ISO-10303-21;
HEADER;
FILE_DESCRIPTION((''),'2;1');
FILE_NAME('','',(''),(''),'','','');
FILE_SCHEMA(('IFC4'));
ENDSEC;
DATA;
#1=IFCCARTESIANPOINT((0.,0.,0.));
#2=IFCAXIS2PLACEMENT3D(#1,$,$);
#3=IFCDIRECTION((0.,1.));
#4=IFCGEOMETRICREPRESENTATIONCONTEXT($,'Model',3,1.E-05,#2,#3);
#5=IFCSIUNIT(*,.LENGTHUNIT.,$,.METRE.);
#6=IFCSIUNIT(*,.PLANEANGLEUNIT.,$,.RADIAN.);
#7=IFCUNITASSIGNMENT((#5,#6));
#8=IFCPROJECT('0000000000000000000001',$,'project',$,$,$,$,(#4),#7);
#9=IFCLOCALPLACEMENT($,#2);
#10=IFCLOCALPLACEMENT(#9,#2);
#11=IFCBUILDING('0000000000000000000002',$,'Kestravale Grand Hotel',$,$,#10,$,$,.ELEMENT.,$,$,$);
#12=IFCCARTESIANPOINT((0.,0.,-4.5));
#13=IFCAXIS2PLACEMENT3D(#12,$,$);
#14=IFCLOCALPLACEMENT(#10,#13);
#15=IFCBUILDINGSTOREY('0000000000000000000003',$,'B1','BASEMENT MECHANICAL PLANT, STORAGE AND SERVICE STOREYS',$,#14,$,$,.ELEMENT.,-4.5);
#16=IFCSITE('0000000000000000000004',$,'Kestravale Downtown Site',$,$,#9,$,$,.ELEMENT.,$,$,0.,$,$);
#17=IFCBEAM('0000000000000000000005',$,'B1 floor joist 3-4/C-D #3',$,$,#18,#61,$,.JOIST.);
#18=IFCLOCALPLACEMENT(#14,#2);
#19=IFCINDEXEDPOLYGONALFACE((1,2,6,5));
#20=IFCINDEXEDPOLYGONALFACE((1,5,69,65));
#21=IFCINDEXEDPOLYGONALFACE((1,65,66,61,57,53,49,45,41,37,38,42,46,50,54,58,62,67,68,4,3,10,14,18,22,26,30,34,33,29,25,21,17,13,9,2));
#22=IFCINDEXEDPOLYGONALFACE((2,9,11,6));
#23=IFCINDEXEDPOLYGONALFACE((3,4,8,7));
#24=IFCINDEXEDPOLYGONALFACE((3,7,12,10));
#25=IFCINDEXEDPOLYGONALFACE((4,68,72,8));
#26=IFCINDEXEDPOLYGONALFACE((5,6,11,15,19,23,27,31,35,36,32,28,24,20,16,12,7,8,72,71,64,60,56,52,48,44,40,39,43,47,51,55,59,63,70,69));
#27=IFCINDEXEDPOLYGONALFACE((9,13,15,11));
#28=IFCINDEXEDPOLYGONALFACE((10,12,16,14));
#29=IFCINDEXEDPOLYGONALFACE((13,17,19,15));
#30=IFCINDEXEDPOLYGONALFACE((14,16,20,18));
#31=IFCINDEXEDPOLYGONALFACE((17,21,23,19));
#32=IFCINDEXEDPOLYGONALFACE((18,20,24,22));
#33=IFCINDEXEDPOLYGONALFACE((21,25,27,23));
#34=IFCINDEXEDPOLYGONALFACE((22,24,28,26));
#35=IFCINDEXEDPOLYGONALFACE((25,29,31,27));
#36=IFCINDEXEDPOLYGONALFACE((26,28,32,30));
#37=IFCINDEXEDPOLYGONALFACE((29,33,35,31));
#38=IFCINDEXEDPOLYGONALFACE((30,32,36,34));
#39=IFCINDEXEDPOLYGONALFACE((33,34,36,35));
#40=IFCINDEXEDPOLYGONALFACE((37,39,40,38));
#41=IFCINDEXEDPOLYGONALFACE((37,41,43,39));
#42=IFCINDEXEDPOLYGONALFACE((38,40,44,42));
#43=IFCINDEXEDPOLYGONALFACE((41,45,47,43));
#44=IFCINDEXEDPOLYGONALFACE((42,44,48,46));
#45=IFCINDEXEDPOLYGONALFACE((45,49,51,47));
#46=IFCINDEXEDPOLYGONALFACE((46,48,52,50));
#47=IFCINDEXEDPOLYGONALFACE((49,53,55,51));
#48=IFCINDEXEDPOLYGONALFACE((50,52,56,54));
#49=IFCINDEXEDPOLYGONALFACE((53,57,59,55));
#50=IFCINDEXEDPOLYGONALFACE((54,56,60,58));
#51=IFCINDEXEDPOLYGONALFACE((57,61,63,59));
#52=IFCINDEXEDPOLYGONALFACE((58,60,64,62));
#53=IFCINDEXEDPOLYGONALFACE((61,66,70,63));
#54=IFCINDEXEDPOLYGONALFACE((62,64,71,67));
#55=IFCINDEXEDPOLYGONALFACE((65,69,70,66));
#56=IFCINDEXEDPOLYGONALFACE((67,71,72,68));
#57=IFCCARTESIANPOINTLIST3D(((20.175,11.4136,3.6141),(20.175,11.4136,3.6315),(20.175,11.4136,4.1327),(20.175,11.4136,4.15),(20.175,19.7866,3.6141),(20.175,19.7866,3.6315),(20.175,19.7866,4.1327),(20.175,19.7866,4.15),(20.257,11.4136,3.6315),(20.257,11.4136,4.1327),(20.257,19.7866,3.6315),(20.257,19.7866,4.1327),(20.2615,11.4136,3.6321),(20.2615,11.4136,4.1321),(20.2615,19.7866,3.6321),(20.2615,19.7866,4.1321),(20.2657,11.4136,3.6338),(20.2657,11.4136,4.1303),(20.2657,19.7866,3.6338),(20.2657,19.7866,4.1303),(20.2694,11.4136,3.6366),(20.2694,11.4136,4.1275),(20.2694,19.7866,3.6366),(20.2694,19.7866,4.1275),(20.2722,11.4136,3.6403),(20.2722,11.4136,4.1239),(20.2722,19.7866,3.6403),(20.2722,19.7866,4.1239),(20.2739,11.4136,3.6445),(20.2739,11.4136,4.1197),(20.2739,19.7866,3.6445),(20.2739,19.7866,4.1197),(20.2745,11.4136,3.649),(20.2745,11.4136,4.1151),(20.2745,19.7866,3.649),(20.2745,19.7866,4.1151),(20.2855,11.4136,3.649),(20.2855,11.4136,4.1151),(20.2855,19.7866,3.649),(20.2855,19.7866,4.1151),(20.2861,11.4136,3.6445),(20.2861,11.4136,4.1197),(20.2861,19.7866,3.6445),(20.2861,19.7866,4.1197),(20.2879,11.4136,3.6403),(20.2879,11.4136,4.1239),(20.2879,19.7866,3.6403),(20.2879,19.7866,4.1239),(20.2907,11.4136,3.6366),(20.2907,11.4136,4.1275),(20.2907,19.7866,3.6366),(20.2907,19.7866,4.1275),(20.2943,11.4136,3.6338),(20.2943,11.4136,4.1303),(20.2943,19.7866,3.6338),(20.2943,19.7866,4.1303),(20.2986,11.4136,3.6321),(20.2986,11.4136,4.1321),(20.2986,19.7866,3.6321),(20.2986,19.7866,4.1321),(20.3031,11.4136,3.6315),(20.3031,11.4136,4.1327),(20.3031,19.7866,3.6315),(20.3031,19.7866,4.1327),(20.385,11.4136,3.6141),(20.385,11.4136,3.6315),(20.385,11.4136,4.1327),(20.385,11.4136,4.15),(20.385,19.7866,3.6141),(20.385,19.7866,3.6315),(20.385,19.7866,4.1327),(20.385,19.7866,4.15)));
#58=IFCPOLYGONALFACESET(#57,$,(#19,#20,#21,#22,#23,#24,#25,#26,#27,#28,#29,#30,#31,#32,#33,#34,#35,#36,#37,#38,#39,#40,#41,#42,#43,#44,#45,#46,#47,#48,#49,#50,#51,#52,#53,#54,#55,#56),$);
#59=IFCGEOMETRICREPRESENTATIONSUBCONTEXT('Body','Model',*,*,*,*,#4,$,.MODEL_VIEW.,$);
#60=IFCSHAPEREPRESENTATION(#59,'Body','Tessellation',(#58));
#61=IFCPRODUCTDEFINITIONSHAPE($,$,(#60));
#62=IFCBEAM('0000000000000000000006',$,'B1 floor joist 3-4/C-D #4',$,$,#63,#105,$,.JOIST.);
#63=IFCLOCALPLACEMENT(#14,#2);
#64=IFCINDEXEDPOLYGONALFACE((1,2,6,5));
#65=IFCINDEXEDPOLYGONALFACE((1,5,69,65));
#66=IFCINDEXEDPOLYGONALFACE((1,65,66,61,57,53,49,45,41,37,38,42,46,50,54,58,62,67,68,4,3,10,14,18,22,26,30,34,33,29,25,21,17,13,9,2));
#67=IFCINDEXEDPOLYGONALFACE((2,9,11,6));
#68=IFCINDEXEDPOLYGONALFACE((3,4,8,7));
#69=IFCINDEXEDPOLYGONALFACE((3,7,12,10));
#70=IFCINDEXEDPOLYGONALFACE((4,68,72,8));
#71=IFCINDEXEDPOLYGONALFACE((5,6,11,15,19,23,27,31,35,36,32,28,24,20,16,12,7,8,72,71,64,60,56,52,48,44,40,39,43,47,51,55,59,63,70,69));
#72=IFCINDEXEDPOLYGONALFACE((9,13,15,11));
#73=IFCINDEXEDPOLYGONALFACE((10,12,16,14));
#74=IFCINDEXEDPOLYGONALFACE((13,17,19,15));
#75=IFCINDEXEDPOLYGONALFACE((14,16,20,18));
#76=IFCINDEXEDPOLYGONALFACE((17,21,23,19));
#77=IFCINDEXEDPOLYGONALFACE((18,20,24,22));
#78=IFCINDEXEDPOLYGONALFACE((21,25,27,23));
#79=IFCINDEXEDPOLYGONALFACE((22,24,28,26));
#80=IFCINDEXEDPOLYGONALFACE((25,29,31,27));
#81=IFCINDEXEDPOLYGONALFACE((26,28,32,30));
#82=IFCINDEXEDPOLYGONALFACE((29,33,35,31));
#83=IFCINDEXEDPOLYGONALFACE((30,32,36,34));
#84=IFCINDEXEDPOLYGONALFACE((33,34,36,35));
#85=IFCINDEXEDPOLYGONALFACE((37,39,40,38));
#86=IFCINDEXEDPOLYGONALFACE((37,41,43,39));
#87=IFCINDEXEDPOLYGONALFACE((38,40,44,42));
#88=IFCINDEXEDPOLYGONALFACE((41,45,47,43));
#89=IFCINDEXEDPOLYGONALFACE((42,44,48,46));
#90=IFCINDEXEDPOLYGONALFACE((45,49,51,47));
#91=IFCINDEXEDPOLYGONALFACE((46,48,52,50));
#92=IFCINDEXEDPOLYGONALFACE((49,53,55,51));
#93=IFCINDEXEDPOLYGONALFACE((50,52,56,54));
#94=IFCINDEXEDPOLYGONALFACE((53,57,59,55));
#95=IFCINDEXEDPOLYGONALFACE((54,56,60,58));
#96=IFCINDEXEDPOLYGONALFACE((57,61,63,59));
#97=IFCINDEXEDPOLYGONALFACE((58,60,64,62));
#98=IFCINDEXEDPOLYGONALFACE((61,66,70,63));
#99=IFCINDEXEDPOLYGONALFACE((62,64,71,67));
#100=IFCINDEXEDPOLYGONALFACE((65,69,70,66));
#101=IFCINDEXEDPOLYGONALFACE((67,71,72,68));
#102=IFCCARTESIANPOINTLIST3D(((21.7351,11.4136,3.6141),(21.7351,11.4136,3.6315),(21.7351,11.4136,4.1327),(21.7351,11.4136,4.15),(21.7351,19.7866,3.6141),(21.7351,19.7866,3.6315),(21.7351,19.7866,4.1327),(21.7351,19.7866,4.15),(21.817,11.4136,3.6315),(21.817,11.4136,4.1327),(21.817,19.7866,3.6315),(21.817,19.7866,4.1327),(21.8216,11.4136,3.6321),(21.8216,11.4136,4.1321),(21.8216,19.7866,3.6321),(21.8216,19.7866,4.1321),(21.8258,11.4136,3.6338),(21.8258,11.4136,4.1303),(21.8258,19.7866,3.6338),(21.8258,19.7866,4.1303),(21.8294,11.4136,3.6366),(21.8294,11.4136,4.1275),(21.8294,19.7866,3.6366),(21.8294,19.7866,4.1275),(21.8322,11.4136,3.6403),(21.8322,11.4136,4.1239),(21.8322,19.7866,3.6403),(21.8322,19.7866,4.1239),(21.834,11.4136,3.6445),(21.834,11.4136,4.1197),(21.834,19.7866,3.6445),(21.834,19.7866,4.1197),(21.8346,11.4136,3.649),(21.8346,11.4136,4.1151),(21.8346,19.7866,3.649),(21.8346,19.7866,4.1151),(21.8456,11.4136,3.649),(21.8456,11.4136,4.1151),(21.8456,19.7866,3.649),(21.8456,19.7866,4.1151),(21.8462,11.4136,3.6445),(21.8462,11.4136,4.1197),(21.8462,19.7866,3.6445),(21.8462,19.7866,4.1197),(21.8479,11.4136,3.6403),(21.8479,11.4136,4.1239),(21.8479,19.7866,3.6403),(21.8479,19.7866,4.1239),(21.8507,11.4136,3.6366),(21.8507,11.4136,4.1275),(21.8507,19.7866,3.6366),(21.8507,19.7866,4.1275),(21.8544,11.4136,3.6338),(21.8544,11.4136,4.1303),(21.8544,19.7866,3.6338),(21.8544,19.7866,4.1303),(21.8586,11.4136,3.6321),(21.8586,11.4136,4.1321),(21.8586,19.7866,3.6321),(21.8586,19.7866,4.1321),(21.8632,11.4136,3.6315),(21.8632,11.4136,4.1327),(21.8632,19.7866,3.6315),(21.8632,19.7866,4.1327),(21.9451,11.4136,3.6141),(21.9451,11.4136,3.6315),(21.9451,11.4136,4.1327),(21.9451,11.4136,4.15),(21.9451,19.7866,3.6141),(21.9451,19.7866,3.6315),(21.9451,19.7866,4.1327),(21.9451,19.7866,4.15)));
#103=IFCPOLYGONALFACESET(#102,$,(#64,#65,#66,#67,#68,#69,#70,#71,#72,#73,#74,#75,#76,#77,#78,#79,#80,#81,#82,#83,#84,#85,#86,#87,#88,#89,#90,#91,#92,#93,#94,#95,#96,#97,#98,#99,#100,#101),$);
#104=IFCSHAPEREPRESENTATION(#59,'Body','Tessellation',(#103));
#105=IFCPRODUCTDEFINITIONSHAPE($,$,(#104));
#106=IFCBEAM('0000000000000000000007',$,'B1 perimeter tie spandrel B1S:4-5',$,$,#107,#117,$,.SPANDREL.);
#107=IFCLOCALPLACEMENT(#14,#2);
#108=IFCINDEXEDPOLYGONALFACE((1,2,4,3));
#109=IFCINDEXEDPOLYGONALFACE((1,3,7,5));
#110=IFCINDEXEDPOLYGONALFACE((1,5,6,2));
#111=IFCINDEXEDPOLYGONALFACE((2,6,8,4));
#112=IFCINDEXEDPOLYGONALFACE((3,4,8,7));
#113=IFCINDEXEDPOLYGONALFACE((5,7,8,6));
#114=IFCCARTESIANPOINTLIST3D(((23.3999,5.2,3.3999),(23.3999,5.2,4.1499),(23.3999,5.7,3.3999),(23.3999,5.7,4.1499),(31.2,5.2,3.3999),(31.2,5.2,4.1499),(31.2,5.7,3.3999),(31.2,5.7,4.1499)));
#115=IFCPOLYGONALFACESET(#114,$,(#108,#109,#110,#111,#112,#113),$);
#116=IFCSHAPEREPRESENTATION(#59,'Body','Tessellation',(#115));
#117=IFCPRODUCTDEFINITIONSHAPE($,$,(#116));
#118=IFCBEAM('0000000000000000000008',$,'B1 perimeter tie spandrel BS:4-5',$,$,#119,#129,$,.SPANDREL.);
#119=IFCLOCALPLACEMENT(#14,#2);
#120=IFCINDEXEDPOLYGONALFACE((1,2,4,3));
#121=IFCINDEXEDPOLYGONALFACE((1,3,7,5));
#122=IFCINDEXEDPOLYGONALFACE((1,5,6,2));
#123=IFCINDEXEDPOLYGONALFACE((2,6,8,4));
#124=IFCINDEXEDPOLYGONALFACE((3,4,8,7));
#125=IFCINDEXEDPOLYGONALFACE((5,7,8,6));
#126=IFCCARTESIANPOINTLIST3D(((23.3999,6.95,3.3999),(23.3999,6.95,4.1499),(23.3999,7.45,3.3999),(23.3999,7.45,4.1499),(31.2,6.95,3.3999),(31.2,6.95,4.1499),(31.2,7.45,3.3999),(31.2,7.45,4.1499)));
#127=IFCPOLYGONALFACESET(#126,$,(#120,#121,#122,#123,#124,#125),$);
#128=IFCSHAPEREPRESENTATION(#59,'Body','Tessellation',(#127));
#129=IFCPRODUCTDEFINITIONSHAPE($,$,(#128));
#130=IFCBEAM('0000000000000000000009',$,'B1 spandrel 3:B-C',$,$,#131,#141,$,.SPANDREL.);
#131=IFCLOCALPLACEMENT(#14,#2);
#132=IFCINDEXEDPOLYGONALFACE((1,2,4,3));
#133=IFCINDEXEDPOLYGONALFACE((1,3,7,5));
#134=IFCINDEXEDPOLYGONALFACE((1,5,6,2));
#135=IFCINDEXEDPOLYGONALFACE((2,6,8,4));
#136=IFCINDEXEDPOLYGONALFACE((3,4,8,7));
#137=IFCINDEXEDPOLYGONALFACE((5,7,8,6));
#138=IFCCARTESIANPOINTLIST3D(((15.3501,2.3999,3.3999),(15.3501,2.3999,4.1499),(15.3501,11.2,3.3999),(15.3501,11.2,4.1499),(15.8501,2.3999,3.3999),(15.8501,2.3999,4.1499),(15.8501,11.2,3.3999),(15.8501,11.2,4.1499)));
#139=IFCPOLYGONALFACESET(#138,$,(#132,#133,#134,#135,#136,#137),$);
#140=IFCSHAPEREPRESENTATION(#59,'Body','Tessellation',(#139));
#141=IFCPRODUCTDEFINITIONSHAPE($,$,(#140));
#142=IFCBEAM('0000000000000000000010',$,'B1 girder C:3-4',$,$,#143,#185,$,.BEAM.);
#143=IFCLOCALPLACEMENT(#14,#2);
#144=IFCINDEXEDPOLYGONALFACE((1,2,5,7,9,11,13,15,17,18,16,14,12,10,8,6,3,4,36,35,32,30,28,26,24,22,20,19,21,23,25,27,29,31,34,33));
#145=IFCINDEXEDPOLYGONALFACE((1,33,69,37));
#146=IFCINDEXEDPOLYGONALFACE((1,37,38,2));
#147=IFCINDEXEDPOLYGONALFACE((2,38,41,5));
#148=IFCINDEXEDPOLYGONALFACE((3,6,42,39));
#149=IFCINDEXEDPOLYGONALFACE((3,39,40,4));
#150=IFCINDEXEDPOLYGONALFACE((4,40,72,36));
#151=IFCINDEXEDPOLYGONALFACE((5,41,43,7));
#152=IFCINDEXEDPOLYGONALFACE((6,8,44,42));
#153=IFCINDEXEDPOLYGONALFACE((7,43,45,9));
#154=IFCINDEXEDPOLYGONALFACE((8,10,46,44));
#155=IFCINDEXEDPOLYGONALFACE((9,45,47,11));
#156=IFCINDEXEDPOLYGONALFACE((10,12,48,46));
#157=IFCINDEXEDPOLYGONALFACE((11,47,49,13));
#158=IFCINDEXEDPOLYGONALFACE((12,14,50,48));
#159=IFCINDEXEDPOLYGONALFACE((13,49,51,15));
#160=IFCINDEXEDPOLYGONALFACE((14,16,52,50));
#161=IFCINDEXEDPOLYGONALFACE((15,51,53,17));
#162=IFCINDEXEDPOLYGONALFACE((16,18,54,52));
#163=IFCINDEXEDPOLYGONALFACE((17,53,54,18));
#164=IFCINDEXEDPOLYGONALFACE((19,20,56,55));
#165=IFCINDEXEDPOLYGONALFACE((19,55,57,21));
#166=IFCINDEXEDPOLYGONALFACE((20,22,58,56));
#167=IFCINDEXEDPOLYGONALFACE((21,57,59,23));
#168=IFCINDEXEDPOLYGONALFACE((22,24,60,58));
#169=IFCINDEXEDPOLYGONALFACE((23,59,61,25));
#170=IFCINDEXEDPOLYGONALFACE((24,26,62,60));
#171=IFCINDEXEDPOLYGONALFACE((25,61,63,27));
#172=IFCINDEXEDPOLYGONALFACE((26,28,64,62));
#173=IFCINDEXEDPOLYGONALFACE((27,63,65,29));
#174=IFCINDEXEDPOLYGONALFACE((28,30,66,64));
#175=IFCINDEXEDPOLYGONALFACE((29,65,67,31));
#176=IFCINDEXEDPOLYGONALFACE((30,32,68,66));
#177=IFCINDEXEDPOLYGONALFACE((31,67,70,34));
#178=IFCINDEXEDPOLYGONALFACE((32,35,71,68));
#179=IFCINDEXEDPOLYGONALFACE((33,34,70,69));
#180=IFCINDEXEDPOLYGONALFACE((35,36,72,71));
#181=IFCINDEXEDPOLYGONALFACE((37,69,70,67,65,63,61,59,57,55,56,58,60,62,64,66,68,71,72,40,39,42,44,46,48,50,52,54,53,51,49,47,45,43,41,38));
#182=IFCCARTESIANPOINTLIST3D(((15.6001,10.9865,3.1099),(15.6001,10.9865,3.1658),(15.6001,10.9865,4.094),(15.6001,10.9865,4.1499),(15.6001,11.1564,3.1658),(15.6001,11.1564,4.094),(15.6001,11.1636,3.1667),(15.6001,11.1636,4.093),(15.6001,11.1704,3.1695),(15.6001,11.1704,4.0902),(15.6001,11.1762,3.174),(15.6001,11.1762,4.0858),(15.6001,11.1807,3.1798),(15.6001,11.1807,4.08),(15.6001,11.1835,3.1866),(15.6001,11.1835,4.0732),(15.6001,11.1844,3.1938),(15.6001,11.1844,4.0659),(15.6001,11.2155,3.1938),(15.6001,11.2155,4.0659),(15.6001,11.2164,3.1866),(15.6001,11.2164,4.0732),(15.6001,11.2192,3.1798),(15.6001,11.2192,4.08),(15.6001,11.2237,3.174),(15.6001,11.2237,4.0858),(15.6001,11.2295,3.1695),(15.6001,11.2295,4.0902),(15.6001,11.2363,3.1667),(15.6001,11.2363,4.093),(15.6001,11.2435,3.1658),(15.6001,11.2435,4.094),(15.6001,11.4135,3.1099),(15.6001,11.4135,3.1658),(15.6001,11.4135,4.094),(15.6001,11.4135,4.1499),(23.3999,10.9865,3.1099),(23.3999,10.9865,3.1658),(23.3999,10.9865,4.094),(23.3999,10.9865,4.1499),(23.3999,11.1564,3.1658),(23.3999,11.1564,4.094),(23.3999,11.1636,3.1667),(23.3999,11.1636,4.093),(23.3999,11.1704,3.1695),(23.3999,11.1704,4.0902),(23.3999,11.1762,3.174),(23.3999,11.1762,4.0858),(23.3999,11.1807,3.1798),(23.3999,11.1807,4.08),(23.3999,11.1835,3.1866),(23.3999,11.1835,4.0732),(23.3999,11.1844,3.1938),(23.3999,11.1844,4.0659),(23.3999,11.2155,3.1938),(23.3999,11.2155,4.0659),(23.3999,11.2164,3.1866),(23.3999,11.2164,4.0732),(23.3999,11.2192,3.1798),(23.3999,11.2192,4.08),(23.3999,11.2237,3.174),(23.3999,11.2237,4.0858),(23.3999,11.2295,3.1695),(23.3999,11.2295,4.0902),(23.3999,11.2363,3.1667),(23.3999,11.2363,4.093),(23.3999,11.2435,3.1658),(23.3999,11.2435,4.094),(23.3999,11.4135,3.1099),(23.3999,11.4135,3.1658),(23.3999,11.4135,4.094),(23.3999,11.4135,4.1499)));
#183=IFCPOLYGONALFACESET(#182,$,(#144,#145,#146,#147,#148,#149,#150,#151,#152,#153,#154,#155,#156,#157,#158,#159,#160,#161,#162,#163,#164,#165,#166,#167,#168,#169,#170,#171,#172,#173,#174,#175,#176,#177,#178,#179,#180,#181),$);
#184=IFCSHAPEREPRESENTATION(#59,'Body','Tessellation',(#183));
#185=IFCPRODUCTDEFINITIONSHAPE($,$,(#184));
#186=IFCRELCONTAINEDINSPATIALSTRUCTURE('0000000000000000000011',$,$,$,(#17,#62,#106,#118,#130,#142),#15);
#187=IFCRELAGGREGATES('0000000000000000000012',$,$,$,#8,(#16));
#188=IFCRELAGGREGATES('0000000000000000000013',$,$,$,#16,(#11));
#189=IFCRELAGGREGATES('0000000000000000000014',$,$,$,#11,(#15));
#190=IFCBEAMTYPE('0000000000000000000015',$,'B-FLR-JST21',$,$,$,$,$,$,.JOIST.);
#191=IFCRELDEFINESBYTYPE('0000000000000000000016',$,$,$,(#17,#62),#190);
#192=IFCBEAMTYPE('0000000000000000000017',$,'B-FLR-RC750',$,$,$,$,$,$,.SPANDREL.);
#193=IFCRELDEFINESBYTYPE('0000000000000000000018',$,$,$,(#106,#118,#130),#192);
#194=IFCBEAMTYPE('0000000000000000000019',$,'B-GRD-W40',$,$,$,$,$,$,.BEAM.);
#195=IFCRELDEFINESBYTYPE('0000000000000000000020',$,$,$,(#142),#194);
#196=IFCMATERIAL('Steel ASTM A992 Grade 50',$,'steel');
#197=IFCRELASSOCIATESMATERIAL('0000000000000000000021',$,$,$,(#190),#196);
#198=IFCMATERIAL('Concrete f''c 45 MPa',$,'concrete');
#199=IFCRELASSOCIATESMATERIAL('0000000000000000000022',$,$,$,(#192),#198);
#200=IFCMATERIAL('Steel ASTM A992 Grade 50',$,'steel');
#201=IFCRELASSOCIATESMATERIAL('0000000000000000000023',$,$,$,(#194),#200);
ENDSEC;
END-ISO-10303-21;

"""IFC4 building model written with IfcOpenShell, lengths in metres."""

from ifc_helpers import new_model, si_unit, direction, frame, origin, origin_2d, place, context, subcontext, project, spatial, rectangle, i_section, extrude, material, material_profile, profile_set, type_object, element, save


model = new_model("IFC4")

# Units and contexts
model_context = context("Model", 3, precision=1e-05, world=origin(), true_north=direction((0.0, 1.0)))
body_context = subcontext(model_context, "Body", "Model", "MODEL_VIEW")
ifc_project = project(units=[si_unit("LENGTHUNIT", "METRE"), si_unit("PLANEANGLEUNIT", "RADIAN")], contexts=[model_context])

# Site, building, storey
site_placement = place(None, origin())
site = spatial("IfcSite", under=ifc_project, at=site_placement, Name="Kestravale Downtown Site", CompositionType="ELEMENT", RefElevation=0.0)
building_placement = place(site_placement, origin())
building = spatial("IfcBuilding", under=site, at=building_placement, Name="Kestravale Grand Hotel", CompositionType="ELEMENT")
storey_placement = place(building_placement, frame((0.0, 0.0, -4.5)))
storey = spatial("IfcBuildingStorey", under=building, at=storey_placement, Name="B1", Description="BASEMENT MECHANICAL PLANT, STORAGE AND SERVICE STOREYS", CompositionType="ELEMENT", Elevation=-4.5)

# Beams
ifc_material_1 = material(Name="Steel ASTM A992 Grade 50", Category="steel")
ifc_material_profile_1 = material_profile(ifc_material_1, i_section(OverallWidth=0.21, OverallDepth=0.5359, WebThickness=0.011, FlangeThickness=0.0173, FilletRadius=0.0176, at=origin_2d()))
ifc_profile_set_1 = profile_set([ifc_material_profile_1], Name="Steel ASTM A992 Grade 50")
beam_type_1 = type_object("IfcBeamType", Name="B-FLR-JST21", PredefinedType="JOIST", material=ifc_profile_set_1)
for number, where, z_axis, x_axis, name in (
    (1, (20.28, 11.4136, 3.8821), (0.0, 1.0, 0.0), (-1.0, 0.0, 0.0), "B1 floor joist 3-4/C-D #3"),
    (2, (21.8401, 11.4136, 3.8821), (0.0, 1.0, 0.0), (-1.0, 0.0, 0.0), "B1 floor joist 3-4/C-D #4"),
):
    element("IfcBeam", number, at=place(storey_placement, frame(where, z_axis=z_axis, x_axis=x_axis)), inside=storey, type_object=beam_type_1, Name=name, PredefinedType="JOIST", context=body_context, shape_type="SweptSolid", body=[
        extrude(i_section(OverallWidth=0.21, OverallDepth=0.5359, WebThickness=0.011, FlangeThickness=0.0173, FilletRadius=0.0176, at=origin_2d()), origin(), (0.0, 0.0, 1.0), 8.373),
    ])
ifc_material_2 = material(Name="Concrete f'c 45 MPa", Category="concrete")
ifc_material_profile_2 = material_profile(ifc_material_2, rectangle(XDim=0.5, YDim=0.75, at=origin_2d()))
ifc_profile_set_2 = profile_set([ifc_material_profile_2], Name="Concrete f'c 45 MPa")
beam_type_2 = type_object("IfcBeamType", Name="B-FLR-RC750", PredefinedType="SPANDREL", material=ifc_profile_set_2)
for number, where, z_axis, x_axis, name in (
    (3, (23.3999, 5.45, 3.7749), (1.0, 0.0, 0.0), (0.0, 1.0, 0.0), "B1 perimeter tie spandrel B1S:4-5"),
    (4, (23.3999, 7.2, 3.7749), (1.0, 0.0, 0.0), (0.0, 1.0, 0.0), "B1 perimeter tie spandrel BS:4-5"),
):
    element("IfcBeam", number, at=place(storey_placement, frame(where, z_axis=z_axis, x_axis=x_axis)), inside=storey, type_object=beam_type_2, Name=name, PredefinedType="SPANDREL", context=body_context, shape_type="SweptSolid", body=[
        extrude(rectangle(XDim=0.5, YDim=0.75, at=origin_2d()), origin(), (0.0, 0.0, 1.0), 7.8),
    ])
beam_1_placement = place(storey_placement, frame((15.6001, 2.3999, 3.7749), z_axis=(0.0, 1.0, 0.0), x_axis=(-1.0, 0.0, 0.0)))
element("IfcBeam", 5, at=beam_1_placement, inside=storey, type_object=beam_type_2, Name="B1 spandrel 3:B-C", PredefinedType="SPANDREL", context=body_context, shape_type="SweptSolid", body=[
    extrude(rectangle(XDim=0.5, YDim=0.75, at=origin_2d()), origin(), (0.0, 0.0, 1.0), 8.8),
])
ifc_material_3 = material(Name="Steel ASTM A992 Grade 50", Category="steel")
ifc_material_profile_3 = material_profile(ifc_material_3, i_section(OverallWidth=0.427, OverallDepth=1.04, WebThickness=0.031, FlangeThickness=0.0559, FilletRadius=0.0281, at=origin_2d()))
ifc_profile_set_3 = profile_set([ifc_material_profile_3], Name="Steel ASTM A992 Grade 50")
beam_type_3 = type_object("IfcBeamType", Name="B-GRD-W40", PredefinedType="BEAM", material=ifc_profile_set_3)
for number, where, z_axis, x_axis, name in (
    (6, (15.6001, 11.2, 3.6299), (1.0, 0.0, 0.0), (0.0, 1.0, 0.0), "B1 girder C:3-4"),
):
    element("IfcBeam", number, at=place(storey_placement, frame(where, z_axis=z_axis, x_axis=x_axis)), inside=storey, type_object=beam_type_3, Name=name, PredefinedType="BEAM", context=body_context, shape_type="SweptSolid", body=[
        extrude(i_section(OverallWidth=0.427, OverallDepth=1.04, WebThickness=0.031, FlangeThickness=0.0559, FilletRadius=0.0281, at=origin_2d()), origin(), (0.0, 0.0, 1.0), 7.7998),
    ])

save(model, "model.ifc")
